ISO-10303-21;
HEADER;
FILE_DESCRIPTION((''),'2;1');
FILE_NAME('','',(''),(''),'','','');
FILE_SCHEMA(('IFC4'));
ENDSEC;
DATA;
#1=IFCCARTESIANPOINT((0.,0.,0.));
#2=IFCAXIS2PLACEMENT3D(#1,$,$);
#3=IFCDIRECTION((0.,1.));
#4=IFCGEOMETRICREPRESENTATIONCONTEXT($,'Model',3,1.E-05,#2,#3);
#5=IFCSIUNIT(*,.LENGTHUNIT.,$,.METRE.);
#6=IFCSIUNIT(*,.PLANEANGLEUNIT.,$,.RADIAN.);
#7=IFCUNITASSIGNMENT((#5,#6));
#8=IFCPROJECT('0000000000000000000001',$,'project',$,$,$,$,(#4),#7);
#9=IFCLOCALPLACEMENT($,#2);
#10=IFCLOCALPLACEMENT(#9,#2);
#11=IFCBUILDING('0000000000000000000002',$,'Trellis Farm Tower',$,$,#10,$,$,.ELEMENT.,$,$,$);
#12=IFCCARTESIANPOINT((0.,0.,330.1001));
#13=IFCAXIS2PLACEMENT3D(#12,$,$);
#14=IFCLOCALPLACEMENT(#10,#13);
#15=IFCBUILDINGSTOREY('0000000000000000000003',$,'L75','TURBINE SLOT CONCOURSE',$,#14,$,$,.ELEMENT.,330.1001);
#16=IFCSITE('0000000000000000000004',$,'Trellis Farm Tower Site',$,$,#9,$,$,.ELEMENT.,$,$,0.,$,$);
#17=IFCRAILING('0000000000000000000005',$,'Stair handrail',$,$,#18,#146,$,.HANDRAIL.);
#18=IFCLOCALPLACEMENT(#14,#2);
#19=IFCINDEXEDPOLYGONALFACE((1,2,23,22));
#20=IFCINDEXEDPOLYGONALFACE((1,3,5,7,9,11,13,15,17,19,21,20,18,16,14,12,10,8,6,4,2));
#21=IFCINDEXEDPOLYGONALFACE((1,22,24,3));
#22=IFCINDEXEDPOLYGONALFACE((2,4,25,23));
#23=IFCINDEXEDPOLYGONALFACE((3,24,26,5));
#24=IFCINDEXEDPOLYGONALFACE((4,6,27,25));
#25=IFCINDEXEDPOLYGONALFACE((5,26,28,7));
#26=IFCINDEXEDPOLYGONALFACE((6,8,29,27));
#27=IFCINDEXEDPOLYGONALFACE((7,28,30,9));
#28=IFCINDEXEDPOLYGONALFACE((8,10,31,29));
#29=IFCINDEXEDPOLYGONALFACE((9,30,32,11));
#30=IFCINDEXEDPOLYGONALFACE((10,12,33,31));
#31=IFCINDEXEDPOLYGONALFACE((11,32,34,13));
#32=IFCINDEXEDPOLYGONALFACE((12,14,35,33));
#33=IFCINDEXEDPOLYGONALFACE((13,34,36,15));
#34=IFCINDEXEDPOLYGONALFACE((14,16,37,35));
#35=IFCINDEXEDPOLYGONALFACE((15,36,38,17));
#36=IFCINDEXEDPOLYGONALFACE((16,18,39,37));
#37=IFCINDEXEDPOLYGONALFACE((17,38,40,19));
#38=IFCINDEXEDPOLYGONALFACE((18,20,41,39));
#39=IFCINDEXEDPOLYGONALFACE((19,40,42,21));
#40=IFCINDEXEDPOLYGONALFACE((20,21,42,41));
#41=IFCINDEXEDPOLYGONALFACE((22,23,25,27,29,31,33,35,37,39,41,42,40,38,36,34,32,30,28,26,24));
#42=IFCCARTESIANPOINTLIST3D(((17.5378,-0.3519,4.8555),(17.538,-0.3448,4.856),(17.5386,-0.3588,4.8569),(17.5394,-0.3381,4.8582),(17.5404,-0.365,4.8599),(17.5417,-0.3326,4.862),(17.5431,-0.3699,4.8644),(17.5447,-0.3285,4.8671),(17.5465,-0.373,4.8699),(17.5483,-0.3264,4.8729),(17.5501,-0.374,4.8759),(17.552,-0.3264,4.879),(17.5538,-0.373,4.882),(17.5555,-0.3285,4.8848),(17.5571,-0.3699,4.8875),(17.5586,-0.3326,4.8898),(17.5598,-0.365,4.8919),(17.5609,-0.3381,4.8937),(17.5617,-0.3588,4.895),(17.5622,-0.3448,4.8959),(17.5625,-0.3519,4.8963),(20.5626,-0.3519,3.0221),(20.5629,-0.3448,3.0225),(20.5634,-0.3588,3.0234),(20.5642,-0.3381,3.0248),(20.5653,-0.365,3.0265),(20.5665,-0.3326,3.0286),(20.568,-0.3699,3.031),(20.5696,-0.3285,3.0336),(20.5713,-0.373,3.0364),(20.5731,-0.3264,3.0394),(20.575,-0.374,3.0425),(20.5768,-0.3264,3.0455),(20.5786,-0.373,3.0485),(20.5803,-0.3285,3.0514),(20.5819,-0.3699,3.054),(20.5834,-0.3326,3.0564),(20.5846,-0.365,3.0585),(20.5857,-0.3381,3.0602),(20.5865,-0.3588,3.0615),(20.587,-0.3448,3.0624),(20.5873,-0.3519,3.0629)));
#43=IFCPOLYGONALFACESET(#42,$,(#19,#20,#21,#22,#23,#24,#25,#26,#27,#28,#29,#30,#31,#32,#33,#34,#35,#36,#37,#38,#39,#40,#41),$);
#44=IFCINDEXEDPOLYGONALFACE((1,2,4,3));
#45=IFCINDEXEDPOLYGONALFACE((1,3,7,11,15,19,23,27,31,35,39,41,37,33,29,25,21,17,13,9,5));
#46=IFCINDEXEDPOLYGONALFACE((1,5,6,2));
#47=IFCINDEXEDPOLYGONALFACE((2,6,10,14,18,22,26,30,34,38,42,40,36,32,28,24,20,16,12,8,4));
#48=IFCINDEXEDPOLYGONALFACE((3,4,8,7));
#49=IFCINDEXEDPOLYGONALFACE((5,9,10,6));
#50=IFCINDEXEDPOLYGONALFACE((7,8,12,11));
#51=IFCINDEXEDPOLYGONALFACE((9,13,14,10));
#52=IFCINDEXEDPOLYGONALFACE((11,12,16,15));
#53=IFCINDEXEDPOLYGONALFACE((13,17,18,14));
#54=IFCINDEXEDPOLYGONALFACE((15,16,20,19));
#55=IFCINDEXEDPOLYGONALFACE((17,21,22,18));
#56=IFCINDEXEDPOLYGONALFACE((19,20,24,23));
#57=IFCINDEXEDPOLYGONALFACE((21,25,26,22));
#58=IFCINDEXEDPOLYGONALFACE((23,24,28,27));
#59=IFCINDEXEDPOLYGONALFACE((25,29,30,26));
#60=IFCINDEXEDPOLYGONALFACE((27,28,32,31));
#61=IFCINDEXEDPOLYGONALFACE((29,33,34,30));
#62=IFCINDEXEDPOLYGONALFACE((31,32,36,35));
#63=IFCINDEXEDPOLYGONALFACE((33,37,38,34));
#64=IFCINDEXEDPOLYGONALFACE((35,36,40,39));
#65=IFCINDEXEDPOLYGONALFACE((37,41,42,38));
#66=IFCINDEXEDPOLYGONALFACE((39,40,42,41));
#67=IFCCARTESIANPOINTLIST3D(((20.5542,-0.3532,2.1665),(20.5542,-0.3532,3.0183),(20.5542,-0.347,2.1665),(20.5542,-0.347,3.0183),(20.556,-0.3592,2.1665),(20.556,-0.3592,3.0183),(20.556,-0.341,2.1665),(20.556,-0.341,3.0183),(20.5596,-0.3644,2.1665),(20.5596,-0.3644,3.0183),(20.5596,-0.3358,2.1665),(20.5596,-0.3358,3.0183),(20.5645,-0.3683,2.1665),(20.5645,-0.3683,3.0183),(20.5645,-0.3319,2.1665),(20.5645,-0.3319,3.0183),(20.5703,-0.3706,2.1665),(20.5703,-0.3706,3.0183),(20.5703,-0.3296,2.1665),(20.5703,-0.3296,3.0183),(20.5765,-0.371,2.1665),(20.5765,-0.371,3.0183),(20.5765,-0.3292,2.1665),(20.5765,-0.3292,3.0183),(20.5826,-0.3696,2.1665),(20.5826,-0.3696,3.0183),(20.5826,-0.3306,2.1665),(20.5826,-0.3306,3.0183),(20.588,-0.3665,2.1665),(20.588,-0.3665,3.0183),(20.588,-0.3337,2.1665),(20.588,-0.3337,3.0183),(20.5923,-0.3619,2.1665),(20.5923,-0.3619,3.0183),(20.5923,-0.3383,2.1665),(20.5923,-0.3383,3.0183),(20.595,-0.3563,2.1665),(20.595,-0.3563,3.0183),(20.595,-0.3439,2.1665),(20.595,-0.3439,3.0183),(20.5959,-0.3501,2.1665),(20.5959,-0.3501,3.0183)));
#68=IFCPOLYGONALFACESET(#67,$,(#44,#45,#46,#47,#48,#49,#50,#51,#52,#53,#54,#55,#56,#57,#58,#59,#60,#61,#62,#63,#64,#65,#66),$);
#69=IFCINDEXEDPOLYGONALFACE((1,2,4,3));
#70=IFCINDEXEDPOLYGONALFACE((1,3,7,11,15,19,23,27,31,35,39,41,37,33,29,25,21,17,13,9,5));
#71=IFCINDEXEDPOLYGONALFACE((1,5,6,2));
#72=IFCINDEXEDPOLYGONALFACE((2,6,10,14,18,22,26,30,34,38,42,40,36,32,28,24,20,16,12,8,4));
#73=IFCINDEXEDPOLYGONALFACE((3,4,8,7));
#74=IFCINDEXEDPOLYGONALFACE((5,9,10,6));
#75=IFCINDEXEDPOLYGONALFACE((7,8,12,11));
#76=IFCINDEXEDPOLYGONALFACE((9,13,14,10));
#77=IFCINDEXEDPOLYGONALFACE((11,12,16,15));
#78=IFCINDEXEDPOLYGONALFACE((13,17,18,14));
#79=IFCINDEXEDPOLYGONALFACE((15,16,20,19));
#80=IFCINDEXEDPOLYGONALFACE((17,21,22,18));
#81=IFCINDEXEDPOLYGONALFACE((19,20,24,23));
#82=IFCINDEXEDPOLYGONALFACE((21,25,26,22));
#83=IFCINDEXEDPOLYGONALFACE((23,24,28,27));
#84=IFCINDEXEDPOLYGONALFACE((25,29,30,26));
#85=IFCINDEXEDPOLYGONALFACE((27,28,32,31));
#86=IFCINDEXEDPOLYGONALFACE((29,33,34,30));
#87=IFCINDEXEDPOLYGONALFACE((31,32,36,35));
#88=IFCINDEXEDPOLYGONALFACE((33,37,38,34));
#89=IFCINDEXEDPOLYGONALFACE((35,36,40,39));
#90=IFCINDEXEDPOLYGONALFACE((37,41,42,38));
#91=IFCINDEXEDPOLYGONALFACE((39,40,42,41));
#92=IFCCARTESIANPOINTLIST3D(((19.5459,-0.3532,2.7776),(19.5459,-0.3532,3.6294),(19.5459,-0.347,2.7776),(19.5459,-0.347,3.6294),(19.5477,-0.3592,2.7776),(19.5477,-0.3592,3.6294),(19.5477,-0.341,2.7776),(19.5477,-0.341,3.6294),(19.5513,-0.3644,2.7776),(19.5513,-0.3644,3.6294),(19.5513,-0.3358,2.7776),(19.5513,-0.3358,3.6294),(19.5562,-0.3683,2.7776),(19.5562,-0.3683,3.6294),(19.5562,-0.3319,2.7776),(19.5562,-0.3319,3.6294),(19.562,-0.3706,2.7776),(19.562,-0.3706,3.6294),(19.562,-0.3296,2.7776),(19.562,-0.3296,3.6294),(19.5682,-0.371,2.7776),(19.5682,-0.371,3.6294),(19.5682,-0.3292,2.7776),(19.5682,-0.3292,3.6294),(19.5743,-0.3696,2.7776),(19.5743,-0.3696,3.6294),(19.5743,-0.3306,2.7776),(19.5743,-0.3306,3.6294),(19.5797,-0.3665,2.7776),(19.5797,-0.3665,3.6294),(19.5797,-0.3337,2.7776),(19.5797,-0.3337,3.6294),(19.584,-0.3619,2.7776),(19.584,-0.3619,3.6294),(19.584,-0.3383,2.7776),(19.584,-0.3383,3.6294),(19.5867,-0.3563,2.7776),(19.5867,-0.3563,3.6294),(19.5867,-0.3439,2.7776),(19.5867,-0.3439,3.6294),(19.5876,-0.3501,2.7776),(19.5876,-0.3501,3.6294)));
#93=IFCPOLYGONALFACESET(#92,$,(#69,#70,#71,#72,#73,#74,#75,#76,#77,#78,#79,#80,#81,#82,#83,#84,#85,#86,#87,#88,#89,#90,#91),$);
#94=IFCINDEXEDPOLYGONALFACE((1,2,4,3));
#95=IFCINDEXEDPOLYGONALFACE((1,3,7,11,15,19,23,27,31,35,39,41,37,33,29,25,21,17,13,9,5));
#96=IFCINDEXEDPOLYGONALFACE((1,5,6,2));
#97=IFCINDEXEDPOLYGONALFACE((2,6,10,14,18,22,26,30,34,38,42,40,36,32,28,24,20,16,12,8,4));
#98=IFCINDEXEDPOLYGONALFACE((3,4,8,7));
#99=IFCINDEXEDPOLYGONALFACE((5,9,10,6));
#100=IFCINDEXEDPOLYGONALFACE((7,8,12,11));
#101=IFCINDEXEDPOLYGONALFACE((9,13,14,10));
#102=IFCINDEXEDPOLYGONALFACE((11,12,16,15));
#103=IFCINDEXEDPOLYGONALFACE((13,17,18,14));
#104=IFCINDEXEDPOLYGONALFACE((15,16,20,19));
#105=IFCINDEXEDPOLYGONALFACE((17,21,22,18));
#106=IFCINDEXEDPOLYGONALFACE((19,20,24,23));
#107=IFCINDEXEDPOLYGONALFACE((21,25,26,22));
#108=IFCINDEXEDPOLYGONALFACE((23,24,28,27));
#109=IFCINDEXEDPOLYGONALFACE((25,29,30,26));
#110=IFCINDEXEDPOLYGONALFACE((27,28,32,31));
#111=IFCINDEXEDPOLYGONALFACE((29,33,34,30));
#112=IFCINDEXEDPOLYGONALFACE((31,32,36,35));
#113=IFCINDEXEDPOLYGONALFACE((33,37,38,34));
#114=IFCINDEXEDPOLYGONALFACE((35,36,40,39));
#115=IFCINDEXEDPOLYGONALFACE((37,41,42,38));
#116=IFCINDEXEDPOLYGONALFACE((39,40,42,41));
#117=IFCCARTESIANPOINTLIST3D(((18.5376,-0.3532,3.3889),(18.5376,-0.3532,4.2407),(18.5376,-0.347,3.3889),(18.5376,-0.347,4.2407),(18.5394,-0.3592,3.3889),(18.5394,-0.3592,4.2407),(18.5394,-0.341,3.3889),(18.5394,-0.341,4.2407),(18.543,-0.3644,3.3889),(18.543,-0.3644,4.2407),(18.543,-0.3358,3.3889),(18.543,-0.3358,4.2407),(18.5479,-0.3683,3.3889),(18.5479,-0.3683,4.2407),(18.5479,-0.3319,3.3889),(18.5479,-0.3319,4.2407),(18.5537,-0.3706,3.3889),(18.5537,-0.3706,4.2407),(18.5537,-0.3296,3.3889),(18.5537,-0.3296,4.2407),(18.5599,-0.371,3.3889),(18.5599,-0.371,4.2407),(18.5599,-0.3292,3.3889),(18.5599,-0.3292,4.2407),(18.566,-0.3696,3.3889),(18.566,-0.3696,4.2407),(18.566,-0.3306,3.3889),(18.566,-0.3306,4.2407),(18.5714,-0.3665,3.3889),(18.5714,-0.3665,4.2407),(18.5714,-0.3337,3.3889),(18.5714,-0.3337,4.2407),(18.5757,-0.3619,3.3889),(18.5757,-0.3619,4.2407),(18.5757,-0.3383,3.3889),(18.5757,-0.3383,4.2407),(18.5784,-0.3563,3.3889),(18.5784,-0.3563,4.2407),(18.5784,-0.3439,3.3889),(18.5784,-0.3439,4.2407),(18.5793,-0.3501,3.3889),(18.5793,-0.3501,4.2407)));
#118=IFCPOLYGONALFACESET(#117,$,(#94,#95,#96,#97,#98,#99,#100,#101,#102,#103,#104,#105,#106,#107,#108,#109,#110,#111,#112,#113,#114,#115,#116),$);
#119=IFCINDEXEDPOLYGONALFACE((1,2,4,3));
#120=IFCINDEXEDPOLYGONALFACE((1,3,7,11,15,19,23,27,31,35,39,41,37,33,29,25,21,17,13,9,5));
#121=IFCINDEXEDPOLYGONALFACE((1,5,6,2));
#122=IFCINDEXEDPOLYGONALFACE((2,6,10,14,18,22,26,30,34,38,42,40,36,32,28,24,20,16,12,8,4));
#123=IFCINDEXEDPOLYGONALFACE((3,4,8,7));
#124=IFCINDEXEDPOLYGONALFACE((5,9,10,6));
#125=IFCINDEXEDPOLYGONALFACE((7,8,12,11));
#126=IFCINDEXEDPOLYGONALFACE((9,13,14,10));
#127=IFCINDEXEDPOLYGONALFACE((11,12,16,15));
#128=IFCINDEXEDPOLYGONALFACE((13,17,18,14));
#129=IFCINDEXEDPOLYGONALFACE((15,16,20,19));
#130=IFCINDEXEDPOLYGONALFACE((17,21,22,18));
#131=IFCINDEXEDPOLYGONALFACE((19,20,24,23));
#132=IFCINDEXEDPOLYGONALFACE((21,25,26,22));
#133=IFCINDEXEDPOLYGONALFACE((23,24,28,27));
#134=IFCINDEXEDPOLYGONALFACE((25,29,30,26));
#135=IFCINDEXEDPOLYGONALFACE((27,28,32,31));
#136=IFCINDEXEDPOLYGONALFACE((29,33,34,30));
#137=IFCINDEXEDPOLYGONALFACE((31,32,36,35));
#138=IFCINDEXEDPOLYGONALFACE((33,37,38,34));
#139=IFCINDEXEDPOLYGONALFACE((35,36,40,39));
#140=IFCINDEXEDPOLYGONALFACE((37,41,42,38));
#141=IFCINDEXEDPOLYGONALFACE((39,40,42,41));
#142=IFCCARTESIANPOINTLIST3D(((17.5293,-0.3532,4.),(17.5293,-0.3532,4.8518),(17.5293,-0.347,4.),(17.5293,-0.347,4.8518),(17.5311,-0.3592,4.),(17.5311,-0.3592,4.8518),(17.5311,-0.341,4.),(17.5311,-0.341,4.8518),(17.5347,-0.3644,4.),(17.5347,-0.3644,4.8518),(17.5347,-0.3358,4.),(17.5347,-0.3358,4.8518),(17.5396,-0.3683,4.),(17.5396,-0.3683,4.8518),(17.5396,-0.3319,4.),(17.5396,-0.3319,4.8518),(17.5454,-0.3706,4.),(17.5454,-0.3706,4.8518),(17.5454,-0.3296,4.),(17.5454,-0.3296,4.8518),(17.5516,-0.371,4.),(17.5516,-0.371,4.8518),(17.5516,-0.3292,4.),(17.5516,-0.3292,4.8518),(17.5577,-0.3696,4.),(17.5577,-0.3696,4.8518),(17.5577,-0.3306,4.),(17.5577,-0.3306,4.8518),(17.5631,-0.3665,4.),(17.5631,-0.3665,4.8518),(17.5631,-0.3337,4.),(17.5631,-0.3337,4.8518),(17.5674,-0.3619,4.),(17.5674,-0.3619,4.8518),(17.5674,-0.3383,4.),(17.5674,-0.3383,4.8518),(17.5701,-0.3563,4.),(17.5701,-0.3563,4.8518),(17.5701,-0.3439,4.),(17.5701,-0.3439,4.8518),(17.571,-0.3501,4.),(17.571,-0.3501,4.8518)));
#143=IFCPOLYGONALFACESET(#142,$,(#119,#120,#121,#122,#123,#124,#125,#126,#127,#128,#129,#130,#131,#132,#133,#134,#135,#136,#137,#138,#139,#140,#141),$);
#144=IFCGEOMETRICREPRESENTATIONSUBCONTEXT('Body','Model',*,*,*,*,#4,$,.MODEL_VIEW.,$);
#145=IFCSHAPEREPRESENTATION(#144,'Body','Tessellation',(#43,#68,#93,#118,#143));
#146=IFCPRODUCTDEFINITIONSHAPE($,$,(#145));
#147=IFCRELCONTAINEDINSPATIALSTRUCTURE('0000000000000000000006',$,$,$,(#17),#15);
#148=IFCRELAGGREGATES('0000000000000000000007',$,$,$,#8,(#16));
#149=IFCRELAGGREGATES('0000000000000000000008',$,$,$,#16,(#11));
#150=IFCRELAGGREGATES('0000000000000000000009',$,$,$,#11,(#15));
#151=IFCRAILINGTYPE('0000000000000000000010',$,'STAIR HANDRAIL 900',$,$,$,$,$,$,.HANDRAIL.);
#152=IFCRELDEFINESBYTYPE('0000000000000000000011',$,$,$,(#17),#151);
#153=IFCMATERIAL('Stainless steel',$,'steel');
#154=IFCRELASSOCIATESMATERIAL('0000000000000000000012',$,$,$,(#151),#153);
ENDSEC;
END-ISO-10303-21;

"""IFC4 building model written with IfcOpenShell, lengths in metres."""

from ifc_helpers import new_model, si_unit, direction, frame, origin, origin_2d, place, context, subcontext, project, spatial, circle, extrude, source, transform, mapped, material, type_object, element, save


model = new_model("IFC4")

# Units and contexts
model_context = context("Model", 3, precision=1e-05, world=origin(), true_north=direction((0.0, 1.0)))
body_context = subcontext(model_context, "Body", "Model", "MODEL_VIEW")
ifc_project = project(units=[si_unit("LENGTHUNIT", "METRE"), si_unit("PLANEANGLEUNIT", "RADIAN")], contexts=[model_context])

# Site, building, storey
site_placement = place(None, origin())
site = spatial("IfcSite", under=ifc_project, at=site_placement, Name="Trellis Farm Tower Site", CompositionType="ELEMENT", RefElevation=0.0)
building_placement = place(site_placement, origin())
building = spatial("IfcBuilding", under=site, at=building_placement, Name="Trellis Farm Tower", CompositionType="ELEMENT")
storey_placement = place(building_placement, frame((0.0, 0.0, 330.1001)))
storey = spatial("IfcBuildingStorey", under=building, at=storey_placement, Name="L75", Description="TURBINE SLOT CONCOURSE", CompositionType="ELEMENT", Elevation=330.1001)

# Railing
ifc_material_1 = material(Name="Stainless steel", Category="steel")
railing_type_1 = type_object("IfcRailingType", Name="STAIR HANDRAIL 900", PredefinedType="HANDRAIL", material=ifc_material_1)
shared_shape_1 = source(origin(), body_context, "Body", "SweptSolid", [
    extrude(circle(Radius=0.0239, at=origin_2d()), frame((0.0, 0.0, 0.876), z_axis=(-0.85517, 0.0, 0.518348), x_axis=(0.0, -1.0, 0.0)), (0.0, 0.0, 1.0), 3.5371),
    extrude(circle(Radius=0.021, at=origin_2d()), origin(), (0.0, 0.0, 1.0), 0.8518),
    extrude(circle(Radius=0.021, at=origin_2d()), frame((-1.0083, 0.0, 0.6111)), (0.0, 0.0, 1.0), 0.8518),
    extrude(circle(Radius=0.021, at=origin_2d()), frame((-2.0166, 0.0, 1.2224)), (0.0, 0.0, 1.0), 0.8518),
    extrude(circle(Radius=0.021, at=origin_2d()), frame((-3.0249, 0.0, 1.8335)), (0.0, 0.0, 1.0), 0.8518),
])
for number, where, name in (
    (1, (20.575, -0.3501, 2.1665), "Stair handrail"),
):
    element("IfcRailing", number, at=place(storey_placement, frame(where)), inside=storey, type_object=railing_type_1, Name=name, PredefinedType="HANDRAIL", context=body_context, shape_type="MappedRepresentation", body=[
        mapped(shared_shape_1, transform((0.0, 0.0, 0.0))),
    ])

save(model, "model.ifc")
